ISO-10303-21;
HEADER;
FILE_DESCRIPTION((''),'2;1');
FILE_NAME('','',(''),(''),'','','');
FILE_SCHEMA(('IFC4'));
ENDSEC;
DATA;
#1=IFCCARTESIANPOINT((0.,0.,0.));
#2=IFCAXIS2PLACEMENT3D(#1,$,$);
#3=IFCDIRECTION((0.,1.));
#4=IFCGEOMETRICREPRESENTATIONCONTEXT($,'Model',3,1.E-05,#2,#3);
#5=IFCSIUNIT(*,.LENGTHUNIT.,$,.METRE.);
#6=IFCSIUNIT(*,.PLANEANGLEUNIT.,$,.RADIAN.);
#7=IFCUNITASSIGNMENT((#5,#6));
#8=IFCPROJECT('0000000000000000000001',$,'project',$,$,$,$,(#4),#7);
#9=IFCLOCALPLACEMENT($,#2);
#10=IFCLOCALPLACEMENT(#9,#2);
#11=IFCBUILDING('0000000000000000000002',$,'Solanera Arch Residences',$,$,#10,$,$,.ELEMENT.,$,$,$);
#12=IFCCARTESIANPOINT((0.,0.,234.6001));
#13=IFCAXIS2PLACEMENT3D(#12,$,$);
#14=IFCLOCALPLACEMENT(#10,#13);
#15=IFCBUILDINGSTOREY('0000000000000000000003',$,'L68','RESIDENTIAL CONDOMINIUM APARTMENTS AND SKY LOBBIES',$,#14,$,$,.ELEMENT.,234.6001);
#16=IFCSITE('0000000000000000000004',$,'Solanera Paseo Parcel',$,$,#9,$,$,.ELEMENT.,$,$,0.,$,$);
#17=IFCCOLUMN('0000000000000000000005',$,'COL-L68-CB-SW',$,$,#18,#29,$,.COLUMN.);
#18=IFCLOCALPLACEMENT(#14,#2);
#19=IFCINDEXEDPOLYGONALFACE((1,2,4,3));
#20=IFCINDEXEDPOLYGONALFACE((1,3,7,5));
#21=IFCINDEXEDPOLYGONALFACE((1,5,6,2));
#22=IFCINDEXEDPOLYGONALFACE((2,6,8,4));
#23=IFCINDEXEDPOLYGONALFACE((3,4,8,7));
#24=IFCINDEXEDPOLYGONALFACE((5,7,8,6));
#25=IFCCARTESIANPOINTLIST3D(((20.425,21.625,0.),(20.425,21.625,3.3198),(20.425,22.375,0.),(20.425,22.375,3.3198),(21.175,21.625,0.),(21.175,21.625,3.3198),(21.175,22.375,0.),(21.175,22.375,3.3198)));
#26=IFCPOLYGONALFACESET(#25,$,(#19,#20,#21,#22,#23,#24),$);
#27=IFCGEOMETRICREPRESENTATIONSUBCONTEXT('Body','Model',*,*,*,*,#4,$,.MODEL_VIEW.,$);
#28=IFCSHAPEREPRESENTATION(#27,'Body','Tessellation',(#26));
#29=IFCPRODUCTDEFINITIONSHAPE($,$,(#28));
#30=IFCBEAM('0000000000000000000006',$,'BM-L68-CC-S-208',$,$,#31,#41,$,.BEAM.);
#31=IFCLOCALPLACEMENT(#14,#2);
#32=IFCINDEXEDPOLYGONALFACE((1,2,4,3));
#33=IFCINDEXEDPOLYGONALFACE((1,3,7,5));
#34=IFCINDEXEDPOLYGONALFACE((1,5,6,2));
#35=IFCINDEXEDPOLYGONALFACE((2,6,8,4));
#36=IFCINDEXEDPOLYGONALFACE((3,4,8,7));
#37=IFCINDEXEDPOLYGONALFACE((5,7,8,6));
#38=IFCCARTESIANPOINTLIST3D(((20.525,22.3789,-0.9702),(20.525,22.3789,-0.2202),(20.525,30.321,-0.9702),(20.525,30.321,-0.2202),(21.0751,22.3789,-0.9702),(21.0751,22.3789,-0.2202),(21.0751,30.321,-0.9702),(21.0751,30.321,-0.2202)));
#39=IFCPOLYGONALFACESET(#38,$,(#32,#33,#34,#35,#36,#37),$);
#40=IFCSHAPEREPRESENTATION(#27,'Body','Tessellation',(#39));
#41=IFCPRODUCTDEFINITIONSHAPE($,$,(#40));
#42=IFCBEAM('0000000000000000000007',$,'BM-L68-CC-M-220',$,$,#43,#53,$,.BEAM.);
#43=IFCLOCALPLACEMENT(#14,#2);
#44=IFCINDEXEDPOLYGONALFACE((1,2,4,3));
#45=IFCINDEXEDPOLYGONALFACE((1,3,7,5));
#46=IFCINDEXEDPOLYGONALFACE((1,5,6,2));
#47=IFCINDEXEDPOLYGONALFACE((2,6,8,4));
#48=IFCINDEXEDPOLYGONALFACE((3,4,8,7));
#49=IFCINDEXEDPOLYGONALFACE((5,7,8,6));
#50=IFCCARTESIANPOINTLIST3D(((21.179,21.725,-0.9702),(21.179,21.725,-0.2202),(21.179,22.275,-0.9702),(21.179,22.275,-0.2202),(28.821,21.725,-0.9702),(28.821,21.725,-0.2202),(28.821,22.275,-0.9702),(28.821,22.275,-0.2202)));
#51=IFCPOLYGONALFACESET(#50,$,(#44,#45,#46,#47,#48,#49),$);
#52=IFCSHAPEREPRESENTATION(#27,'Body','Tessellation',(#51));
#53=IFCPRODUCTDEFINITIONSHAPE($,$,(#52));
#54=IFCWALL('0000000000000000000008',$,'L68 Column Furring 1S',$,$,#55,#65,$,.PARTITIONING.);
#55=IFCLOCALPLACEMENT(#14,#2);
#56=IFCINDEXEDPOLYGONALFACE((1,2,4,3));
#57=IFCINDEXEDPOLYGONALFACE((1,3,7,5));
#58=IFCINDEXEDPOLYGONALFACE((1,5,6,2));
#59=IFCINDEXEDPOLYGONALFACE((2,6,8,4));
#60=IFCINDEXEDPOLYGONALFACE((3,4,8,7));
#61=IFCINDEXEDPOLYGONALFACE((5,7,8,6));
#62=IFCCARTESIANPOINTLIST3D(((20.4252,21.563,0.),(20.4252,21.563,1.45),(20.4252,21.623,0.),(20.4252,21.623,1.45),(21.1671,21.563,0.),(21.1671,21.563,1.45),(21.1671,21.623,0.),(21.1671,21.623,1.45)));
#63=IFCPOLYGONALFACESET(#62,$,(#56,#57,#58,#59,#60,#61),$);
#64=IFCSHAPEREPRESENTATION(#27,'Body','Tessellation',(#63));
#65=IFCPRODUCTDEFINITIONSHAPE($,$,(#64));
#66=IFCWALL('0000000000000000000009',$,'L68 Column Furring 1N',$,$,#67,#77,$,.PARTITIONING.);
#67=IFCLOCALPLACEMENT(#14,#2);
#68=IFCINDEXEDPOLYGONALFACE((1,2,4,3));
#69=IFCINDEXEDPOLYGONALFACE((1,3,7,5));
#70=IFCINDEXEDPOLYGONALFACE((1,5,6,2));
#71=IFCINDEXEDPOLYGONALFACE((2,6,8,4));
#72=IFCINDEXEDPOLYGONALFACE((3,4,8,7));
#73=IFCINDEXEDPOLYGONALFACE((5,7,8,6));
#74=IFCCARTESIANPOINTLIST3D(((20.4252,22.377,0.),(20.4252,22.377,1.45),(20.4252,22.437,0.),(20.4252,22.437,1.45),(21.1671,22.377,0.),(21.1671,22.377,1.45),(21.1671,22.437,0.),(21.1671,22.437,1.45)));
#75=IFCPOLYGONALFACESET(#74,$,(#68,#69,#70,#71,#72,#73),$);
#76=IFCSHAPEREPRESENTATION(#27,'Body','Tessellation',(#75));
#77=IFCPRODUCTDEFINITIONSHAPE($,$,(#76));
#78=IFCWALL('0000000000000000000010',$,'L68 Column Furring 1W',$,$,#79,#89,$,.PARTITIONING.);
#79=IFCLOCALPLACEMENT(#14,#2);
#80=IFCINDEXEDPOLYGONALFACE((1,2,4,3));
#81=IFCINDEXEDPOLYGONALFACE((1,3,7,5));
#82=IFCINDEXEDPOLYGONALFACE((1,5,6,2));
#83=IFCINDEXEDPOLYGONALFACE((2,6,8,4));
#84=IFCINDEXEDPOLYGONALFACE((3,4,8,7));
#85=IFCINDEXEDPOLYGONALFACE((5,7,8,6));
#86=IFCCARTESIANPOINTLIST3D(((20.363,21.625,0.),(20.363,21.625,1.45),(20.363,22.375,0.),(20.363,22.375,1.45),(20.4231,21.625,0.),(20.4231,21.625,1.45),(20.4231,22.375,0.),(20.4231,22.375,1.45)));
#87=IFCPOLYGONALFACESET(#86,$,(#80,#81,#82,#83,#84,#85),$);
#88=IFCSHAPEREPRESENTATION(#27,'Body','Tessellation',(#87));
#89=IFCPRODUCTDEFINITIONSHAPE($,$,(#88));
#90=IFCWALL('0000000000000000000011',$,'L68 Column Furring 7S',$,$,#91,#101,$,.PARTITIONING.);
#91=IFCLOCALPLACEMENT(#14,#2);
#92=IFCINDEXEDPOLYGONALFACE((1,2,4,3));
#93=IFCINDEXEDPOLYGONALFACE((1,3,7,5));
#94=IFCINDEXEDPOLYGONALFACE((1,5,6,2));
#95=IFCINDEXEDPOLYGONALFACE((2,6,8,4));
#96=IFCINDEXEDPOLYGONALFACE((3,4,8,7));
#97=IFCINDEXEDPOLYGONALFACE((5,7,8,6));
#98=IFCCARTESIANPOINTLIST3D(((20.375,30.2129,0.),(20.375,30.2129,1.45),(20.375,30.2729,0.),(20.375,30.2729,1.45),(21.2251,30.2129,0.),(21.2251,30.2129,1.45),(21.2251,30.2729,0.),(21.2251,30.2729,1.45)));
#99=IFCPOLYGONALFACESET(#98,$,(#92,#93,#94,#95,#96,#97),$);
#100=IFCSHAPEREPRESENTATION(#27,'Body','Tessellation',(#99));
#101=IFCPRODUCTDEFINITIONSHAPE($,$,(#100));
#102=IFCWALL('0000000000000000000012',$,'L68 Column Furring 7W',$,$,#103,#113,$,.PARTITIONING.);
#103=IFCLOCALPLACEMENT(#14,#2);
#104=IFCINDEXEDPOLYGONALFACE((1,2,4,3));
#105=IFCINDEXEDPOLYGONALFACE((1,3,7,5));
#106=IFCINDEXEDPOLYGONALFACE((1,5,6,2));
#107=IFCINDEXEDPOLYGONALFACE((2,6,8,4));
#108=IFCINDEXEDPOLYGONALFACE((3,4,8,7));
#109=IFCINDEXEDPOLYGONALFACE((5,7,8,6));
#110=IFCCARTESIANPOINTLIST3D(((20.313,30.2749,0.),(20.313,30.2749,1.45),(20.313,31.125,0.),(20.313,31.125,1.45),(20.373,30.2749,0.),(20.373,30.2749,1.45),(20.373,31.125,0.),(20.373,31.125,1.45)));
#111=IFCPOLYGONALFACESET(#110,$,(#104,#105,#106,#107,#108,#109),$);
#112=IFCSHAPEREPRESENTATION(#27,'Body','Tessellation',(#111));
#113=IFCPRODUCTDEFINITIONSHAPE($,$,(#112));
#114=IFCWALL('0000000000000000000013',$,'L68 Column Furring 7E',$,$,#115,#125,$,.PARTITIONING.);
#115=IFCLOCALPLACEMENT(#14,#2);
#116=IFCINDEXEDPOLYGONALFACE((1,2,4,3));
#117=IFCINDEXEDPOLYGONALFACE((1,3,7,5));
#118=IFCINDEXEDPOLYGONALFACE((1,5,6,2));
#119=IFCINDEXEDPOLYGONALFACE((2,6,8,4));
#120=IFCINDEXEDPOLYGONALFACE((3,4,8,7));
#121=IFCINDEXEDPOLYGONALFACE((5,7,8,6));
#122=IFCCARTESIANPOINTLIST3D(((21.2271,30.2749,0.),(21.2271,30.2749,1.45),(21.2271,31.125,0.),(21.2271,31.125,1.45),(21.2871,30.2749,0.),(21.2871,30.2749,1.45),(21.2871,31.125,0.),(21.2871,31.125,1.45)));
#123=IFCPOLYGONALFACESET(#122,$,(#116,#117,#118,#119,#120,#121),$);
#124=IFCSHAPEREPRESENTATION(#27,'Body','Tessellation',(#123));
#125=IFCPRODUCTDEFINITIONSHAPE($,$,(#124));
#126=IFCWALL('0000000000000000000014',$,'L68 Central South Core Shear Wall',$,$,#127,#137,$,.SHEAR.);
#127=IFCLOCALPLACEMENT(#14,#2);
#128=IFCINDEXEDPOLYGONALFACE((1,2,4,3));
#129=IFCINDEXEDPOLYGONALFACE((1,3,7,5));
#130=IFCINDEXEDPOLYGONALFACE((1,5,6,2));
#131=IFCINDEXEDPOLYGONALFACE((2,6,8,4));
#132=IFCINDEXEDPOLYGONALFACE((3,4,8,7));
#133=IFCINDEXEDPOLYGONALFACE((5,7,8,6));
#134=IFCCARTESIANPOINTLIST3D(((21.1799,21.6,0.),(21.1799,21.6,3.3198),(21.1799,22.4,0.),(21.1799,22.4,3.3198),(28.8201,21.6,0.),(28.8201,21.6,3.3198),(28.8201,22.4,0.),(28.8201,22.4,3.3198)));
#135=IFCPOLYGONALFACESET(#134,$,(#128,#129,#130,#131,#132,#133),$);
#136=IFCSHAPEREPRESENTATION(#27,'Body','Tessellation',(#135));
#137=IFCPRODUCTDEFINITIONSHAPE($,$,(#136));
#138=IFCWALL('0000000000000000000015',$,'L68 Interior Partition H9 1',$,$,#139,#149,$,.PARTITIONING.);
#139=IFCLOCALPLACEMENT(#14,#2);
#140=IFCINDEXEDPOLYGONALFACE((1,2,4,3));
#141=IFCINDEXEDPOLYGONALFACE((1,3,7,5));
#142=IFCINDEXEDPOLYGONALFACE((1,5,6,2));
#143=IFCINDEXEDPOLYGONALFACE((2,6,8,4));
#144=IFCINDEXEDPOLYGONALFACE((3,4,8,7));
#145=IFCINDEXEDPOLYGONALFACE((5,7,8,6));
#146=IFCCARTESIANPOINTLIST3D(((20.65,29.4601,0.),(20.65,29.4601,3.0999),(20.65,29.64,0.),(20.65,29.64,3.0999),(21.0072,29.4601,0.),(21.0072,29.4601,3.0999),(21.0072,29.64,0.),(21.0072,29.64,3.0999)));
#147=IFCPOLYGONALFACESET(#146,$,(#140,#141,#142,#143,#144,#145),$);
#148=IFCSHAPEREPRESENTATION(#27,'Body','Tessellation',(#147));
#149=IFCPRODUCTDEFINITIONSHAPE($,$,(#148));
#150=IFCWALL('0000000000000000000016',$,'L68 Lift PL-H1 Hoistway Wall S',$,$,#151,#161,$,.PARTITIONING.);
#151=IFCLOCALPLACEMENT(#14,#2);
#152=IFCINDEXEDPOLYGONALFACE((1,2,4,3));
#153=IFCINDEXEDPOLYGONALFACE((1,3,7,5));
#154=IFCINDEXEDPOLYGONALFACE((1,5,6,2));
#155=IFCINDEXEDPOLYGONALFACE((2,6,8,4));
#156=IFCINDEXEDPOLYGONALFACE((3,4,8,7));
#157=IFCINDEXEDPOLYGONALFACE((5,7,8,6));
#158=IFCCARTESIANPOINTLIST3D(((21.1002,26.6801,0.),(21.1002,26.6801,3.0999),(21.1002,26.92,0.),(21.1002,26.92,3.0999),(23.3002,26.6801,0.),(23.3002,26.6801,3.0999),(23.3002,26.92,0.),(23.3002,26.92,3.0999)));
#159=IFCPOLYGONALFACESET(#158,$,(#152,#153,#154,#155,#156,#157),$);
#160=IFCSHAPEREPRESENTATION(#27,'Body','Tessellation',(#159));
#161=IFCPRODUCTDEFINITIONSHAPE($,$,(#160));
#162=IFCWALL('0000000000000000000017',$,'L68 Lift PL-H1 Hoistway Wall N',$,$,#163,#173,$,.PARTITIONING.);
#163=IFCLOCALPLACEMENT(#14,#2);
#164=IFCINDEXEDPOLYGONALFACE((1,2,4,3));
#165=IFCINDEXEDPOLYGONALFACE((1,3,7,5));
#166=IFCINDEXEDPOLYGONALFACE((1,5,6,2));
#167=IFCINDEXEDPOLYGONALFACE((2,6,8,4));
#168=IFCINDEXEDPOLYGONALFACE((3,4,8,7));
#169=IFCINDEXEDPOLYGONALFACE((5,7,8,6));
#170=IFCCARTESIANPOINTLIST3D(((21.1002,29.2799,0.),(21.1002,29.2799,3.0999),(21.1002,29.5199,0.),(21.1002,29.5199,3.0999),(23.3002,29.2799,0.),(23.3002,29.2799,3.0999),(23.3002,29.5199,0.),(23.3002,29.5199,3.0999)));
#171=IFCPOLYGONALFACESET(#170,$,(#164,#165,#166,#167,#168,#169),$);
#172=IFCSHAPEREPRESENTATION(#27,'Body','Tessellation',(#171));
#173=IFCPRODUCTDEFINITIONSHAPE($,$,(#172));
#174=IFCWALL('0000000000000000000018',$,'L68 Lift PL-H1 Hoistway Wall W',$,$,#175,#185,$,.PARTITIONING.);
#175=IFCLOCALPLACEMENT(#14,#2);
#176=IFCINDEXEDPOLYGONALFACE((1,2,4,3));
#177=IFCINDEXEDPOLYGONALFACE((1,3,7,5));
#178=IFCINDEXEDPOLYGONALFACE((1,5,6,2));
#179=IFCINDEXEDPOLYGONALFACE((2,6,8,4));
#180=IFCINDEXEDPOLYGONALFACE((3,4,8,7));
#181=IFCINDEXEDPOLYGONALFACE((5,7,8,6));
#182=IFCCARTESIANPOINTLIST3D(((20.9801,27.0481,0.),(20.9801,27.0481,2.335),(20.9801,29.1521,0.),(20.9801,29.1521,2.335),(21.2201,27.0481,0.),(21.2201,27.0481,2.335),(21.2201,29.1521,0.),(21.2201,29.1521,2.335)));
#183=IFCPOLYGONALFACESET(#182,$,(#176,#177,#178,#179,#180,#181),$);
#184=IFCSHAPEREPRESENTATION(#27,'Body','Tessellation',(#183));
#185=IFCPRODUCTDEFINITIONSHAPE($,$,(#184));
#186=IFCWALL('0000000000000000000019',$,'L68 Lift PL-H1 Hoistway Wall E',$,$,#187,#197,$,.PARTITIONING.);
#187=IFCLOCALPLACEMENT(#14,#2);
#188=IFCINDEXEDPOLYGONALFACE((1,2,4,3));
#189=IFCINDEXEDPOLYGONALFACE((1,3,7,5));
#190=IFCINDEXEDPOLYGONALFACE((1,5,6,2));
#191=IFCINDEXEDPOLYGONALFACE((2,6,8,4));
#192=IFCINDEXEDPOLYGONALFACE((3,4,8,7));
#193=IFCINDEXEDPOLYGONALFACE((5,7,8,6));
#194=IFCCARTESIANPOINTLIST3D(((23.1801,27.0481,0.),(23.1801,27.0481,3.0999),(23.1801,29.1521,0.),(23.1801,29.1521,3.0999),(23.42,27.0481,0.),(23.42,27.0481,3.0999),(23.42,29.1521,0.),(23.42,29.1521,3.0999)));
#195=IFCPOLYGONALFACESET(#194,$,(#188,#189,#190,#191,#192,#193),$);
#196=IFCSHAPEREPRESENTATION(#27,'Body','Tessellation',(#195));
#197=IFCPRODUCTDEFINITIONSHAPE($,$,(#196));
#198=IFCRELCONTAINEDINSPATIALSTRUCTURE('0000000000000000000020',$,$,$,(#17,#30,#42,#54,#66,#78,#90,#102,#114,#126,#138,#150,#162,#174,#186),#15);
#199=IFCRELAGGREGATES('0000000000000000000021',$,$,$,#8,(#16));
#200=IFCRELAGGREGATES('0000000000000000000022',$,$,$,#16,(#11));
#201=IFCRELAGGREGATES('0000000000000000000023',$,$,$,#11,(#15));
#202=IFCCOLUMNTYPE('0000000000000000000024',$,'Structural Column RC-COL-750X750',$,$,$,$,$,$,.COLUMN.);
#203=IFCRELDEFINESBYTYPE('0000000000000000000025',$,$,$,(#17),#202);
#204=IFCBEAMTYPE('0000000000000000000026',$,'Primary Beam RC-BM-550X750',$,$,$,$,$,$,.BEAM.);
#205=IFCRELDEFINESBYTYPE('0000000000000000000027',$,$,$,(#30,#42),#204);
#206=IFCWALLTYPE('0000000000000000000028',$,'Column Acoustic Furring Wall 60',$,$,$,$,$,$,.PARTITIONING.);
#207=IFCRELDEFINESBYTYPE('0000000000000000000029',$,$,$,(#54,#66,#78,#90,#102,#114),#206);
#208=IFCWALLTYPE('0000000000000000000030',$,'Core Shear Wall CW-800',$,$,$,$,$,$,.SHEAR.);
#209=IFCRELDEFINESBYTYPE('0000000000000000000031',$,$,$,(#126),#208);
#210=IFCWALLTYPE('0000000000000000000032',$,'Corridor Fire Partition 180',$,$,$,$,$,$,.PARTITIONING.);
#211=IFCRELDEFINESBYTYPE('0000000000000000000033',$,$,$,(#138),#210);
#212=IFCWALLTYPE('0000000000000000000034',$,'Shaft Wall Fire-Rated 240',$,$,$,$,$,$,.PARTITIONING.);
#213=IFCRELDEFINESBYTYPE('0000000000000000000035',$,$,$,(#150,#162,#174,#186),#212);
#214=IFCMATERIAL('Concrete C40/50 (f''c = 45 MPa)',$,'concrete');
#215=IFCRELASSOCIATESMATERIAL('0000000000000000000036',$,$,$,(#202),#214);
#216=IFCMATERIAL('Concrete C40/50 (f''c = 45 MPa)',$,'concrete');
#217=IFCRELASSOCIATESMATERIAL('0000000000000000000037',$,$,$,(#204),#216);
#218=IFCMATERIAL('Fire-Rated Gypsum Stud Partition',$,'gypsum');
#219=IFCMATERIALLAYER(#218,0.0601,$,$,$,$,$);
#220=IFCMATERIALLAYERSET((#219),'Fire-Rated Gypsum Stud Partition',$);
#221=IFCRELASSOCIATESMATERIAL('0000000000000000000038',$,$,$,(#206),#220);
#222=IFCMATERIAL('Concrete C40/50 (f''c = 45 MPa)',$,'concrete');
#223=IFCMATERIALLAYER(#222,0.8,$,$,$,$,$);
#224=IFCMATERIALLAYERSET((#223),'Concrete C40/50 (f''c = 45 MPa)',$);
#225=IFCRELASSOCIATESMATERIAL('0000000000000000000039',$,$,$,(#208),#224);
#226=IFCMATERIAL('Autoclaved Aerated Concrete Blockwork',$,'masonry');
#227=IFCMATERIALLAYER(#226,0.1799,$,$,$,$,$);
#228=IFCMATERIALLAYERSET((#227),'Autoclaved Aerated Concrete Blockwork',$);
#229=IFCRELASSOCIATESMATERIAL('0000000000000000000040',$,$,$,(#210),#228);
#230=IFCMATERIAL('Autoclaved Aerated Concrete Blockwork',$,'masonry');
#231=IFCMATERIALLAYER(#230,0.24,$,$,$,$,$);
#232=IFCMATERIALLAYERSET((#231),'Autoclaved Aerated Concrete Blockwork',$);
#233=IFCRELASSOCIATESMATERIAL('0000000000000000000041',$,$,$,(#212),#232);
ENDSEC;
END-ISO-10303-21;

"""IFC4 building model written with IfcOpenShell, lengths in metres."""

from ifc_helpers import new_model, si_unit, direction, frame, frame_2d, origin, origin_2d, place, context, subcontext, project, spatial, rectangle, extrude, material, layer, layer_set, material_profile, profile_set, type_object, element, save


model = new_model("IFC4")

# Units and contexts
model_context = context("Model", 3, precision=1e-05, world=origin(), true_north=direction((0.0, 1.0)))
body_context = subcontext(model_context, "Body", "Model", "MODEL_VIEW")
ifc_project = project(units=[si_unit("LENGTHUNIT", "METRE"), si_unit("PLANEANGLEUNIT", "RADIAN")], contexts=[model_context])

# Site, building, storey
site_placement = place(None, origin())
site = spatial("IfcSite", under=ifc_project, at=site_placement, Name="Solanera Paseo Parcel", CompositionType="ELEMENT", RefElevation=0.0)
building_placement = place(site_placement, origin())
building = spatial("IfcBuilding", under=site, at=building_placement, Name="Solanera Arch Residences", CompositionType="ELEMENT")
storey_placement = place(building_placement, frame((0.0, 0.0, 234.6001)))
storey = spatial("IfcBuildingStorey", under=building, at=storey_placement, Name="L68", Description="RESIDENTIAL CONDOMINIUM APARTMENTS AND SKY LOBBIES", CompositionType="ELEMENT", Elevation=234.6001)

# Column
ifc_material_1 = material(Name="Concrete C40/50 (f'c = 45 MPa)", Category="concrete")
ifc_material_profile_1 = material_profile(ifc_material_1, rectangle(XDim=0.75, YDim=0.75, at=origin_2d()))
ifc_profile_set_1 = profile_set([ifc_material_profile_1], Name="Concrete C40/50 (f'c = 45 MPa)")
column_type = type_object("IfcColumnType", Name="Structural Column RC-COL-750X750", PredefinedType="COLUMN", material=ifc_profile_set_1)
column_placement = place(storey_placement, frame((20.8, 22.0, 0.0), z_axis=(0.0, 0.0, 1.0), x_axis=(1.0, 0.0, 0.0)))
element("IfcColumn", 1, at=column_placement, inside=storey, type_object=column_type, Name="COL-L68-CB-SW", PredefinedType="COLUMN", context=body_context, shape_type="SweptSolid", body=[
    extrude(rectangle(XDim=0.75, YDim=0.75, at=origin_2d()), origin(), (0.0, 0.0, 1.0), 3.3198),
])

# Beams
ifc_material_2 = material(Name="Concrete C40/50 (f'c = 45 MPa)", Category="concrete")
ifc_material_profile_2 = material_profile(ifc_material_2, rectangle(XDim=0.55, YDim=0.75, at=origin_2d()))
ifc_profile_set_2 = profile_set([ifc_material_profile_2], Name="Concrete C40/50 (f'c = 45 MPa)")
beam_type = type_object("IfcBeamType", Name="Primary Beam RC-BM-550X750", PredefinedType="BEAM", material=ifc_profile_set_2)
beam_1_placement = place(storey_placement, frame((20.8, 22.3789, -0.5952), z_axis=(0.0, 1.0, 0.0), x_axis=(-1.0, 0.0, 0.0)))
element("IfcBeam", 2, at=beam_1_placement, inside=storey, type_object=beam_type, Name="BM-L68-CC-S-208", PredefinedType="BEAM", context=body_context, shape_type="SweptSolid", body=[
    extrude(rectangle(XDim=0.55, YDim=0.75, at=origin_2d()), origin(), (0.0, 0.0, 1.0), 7.9421),
])
beam_2_placement = place(storey_placement, frame((21.179, 22.0, -0.5952), z_axis=(1.0, 0.0, 0.0), x_axis=(0.0, 1.0, 0.0)))
element("IfcBeam", 3, at=beam_2_placement, inside=storey, type_object=beam_type, Name="BM-L68-CC-M-220", PredefinedType="BEAM", context=body_context, shape_type="SweptSolid", body=[
    extrude(rectangle(XDim=0.55, YDim=0.75, at=origin_2d()), origin(), (0.0, 0.0, 1.0), 7.6421),
])

# Walls
ifc_material_3 = material(Name="Fire-Rated Gypsum Stud Partition", Category="gypsum")
ifc_layer_1 = layer(ifc_material_3, 0.0601)
ifc_layer_set_1 = layer_set([ifc_layer_1], Name="Fire-Rated Gypsum Stud Partition")
wall_type_1 = type_object("IfcWallType", Name="Column Acoustic Furring Wall 60", PredefinedType="PARTITIONING", material=ifc_layer_set_1)
for number, where, z_axis, x_axis, name in (
    (4, (20.425, 21.593, 0.0), (0.0, 0.0, 1.0), (1.0, 0.0, 0.0), "L68 Column Furring 1S"),
    (5, (20.425, 22.407, 0.0), (0.0, 0.0, 1.0), (1.0, 0.0, 0.0), "L68 Column Furring 1N"),
):
    element("IfcWall", number, at=place(storey_placement, frame(where, z_axis=z_axis, x_axis=x_axis)), inside=storey, type_object=wall_type_1, Name=name, PredefinedType="PARTITIONING", context=body_context, shape_type="SweptSolid", body=[
        extrude(rectangle(XDim=0.7419, YDim=0.0601, at=frame_2d((0.3711, 0.0))), origin(), (0.0, 0.0, 1.0), 1.45),
    ])
wall_1_placement = place(storey_placement, frame((20.3931, 21.625, 0.0), z_axis=(0.0, 0.0, 1.0), x_axis=(0.0, 1.0, 0.0)))
element("IfcWall", 6, at=wall_1_placement, inside=storey, type_object=wall_type_1, Name="L68 Column Furring 1W", PredefinedType="PARTITIONING", context=body_context, shape_type="SweptSolid", body=[
    extrude(rectangle(XDim=0.75, YDim=0.0601, at=frame_2d((0.375, 0.0))), origin(), (0.0, 0.0, 1.0), 1.45),
])
for number, where, z_axis, x_axis, name in (
    (7, (20.375, 30.2429, 0.0), (0.0, 0.0, 1.0), (1.0, 0.0, 0.0), "L68 Column Furring 7S"),
    (8, (20.343, 30.2749, 0.0), (0.0, 0.0, 1.0), (0.0, 1.0, 0.0), "L68 Column Furring 7W"),
    (9, (21.2571, 30.2749, 0.0), (0.0, 0.0, 1.0), (0.0, 1.0, 0.0), "L68 Column Furring 7E"),
):
    element("IfcWall", number, at=place(storey_placement, frame(where, z_axis=z_axis, x_axis=x_axis)), inside=storey, type_object=wall_type_1, Name=name, PredefinedType="PARTITIONING", context=body_context, shape_type="SweptSolid", body=[
        extrude(rectangle(XDim=0.8501, YDim=0.0601, at=frame_2d((0.425, 0.0))), origin(), (0.0, 0.0, 1.0), 1.45),
    ])
ifc_material_4 = material(Name="Concrete C40/50 (f'c = 45 MPa)", Category="concrete")
ifc_layer_2 = layer(ifc_material_4, 0.8)
ifc_layer_set_2 = layer_set([ifc_layer_2], Name="Concrete C40/50 (f'c = 45 MPa)")
wall_type_2 = type_object("IfcWallType", Name="Core Shear Wall CW-800", PredefinedType="SHEAR", material=ifc_layer_set_2)
wall_2_placement = place(storey_placement, frame((21.1799, 22.0, 0.0), z_axis=(0.0, 0.0, 1.0), x_axis=(1.0, 0.0, 0.0)))
element("IfcWall", 10, at=wall_2_placement, inside=storey, type_object=wall_type_2, Name="L68 Central South Core Shear Wall", PredefinedType="SHEAR", context=body_context, shape_type="SweptSolid", body=[
    extrude(rectangle(XDim=7.6401, YDim=0.8, at=frame_2d((3.8201, 0.0))), origin(), (0.0, 0.0, 1.0), 3.3198),
])
ifc_material_5 = material(Name="Autoclaved Aerated Concrete Blockwork", Category="masonry")
ifc_layer_3 = layer(ifc_material_5, 0.1799)
ifc_layer_set_3 = layer_set([ifc_layer_3], Name="Autoclaved Aerated Concrete Blockwork")
wall_type_3 = type_object("IfcWallType", Name="Corridor Fire Partition 180", PredefinedType="PARTITIONING", material=ifc_layer_set_3)
wall_3_placement = place(storey_placement, frame((20.6499, 29.55, 0.0), z_axis=(0.0, 0.0, 1.0), x_axis=(1.0, 0.0, 0.0)))
element("IfcWall", 11, at=wall_3_placement, inside=storey, type_object=wall_type_3, Name="L68 Interior Partition H9 1", PredefinedType="PARTITIONING", context=body_context, shape_type="SweptSolid", body=[
    extrude(rectangle(XDim=0.3572, YDim=0.1799, at=frame_2d((0.1787, 0.0))), origin(), (0.0, 0.0, 1.0), 3.0999),
])
ifc_material_6 = material(Name="Autoclaved Aerated Concrete Blockwork", Category="masonry")
ifc_layer_4 = layer(ifc_material_6, 0.24)
ifc_layer_set_4 = layer_set([ifc_layer_4], Name="Autoclaved Aerated Concrete Blockwork")
wall_type_4 = type_object("IfcWallType", Name="Shaft Wall Fire-Rated 240", PredefinedType="PARTITIONING", material=ifc_layer_set_4)
for number, where, z_axis, x_axis, name in (
    (12, (21.1001, 26.8, 0.0), (0.0, 0.0, 1.0), (1.0, 0.0, 0.0), "L68 Lift PL-H1 Hoistway Wall S"),
    (13, (21.1001, 29.3999, 0.0), (0.0, 0.0, 1.0), (1.0, 0.0, 0.0), "L68 Lift PL-H1 Hoistway Wall N"),
):
    element("IfcWall", number, at=place(storey_placement, frame(where, z_axis=z_axis, x_axis=x_axis)), inside=storey, type_object=wall_type_4, Name=name, PredefinedType="PARTITIONING", context=body_context, shape_type="SweptSolid", body=[
        extrude(rectangle(XDim=2.2, YDim=0.24, at=frame_2d((1.1001, 0.0))), origin(), (0.0, 0.0, 1.0), 3.0999),
    ])
wall_4_placement = place(storey_placement, frame((21.1001, 27.0481, 0.0), z_axis=(0.0, 0.0, 1.0), x_axis=(0.0, 1.0, 0.0)))
element("IfcWall", 14, at=wall_4_placement, inside=storey, type_object=wall_type_4, Name="L68 Lift PL-H1 Hoistway Wall W", PredefinedType="PARTITIONING", context=body_context, shape_type="SweptSolid", body=[
    extrude(rectangle(XDim=2.104, YDim=0.24, at=frame_2d((1.052, 0.0))), origin(), (0.0, 0.0, 1.0), 2.335),
])
wall_5_placement = place(storey_placement, frame((23.3, 27.0481, 0.0), z_axis=(0.0, 0.0, 1.0), x_axis=(0.0, 1.0, 0.0)))
element("IfcWall", 15, at=wall_5_placement, inside=storey, type_object=wall_type_4, Name="L68 Lift PL-H1 Hoistway Wall E", PredefinedType="PARTITIONING", context=body_context, shape_type="SweptSolid", body=[
    extrude(rectangle(XDim=2.104, YDim=0.24, at=frame_2d((1.052, 0.0))), origin(), (0.0, 0.0, 1.0), 3.0999),
])

save(model, "model.ifc")
